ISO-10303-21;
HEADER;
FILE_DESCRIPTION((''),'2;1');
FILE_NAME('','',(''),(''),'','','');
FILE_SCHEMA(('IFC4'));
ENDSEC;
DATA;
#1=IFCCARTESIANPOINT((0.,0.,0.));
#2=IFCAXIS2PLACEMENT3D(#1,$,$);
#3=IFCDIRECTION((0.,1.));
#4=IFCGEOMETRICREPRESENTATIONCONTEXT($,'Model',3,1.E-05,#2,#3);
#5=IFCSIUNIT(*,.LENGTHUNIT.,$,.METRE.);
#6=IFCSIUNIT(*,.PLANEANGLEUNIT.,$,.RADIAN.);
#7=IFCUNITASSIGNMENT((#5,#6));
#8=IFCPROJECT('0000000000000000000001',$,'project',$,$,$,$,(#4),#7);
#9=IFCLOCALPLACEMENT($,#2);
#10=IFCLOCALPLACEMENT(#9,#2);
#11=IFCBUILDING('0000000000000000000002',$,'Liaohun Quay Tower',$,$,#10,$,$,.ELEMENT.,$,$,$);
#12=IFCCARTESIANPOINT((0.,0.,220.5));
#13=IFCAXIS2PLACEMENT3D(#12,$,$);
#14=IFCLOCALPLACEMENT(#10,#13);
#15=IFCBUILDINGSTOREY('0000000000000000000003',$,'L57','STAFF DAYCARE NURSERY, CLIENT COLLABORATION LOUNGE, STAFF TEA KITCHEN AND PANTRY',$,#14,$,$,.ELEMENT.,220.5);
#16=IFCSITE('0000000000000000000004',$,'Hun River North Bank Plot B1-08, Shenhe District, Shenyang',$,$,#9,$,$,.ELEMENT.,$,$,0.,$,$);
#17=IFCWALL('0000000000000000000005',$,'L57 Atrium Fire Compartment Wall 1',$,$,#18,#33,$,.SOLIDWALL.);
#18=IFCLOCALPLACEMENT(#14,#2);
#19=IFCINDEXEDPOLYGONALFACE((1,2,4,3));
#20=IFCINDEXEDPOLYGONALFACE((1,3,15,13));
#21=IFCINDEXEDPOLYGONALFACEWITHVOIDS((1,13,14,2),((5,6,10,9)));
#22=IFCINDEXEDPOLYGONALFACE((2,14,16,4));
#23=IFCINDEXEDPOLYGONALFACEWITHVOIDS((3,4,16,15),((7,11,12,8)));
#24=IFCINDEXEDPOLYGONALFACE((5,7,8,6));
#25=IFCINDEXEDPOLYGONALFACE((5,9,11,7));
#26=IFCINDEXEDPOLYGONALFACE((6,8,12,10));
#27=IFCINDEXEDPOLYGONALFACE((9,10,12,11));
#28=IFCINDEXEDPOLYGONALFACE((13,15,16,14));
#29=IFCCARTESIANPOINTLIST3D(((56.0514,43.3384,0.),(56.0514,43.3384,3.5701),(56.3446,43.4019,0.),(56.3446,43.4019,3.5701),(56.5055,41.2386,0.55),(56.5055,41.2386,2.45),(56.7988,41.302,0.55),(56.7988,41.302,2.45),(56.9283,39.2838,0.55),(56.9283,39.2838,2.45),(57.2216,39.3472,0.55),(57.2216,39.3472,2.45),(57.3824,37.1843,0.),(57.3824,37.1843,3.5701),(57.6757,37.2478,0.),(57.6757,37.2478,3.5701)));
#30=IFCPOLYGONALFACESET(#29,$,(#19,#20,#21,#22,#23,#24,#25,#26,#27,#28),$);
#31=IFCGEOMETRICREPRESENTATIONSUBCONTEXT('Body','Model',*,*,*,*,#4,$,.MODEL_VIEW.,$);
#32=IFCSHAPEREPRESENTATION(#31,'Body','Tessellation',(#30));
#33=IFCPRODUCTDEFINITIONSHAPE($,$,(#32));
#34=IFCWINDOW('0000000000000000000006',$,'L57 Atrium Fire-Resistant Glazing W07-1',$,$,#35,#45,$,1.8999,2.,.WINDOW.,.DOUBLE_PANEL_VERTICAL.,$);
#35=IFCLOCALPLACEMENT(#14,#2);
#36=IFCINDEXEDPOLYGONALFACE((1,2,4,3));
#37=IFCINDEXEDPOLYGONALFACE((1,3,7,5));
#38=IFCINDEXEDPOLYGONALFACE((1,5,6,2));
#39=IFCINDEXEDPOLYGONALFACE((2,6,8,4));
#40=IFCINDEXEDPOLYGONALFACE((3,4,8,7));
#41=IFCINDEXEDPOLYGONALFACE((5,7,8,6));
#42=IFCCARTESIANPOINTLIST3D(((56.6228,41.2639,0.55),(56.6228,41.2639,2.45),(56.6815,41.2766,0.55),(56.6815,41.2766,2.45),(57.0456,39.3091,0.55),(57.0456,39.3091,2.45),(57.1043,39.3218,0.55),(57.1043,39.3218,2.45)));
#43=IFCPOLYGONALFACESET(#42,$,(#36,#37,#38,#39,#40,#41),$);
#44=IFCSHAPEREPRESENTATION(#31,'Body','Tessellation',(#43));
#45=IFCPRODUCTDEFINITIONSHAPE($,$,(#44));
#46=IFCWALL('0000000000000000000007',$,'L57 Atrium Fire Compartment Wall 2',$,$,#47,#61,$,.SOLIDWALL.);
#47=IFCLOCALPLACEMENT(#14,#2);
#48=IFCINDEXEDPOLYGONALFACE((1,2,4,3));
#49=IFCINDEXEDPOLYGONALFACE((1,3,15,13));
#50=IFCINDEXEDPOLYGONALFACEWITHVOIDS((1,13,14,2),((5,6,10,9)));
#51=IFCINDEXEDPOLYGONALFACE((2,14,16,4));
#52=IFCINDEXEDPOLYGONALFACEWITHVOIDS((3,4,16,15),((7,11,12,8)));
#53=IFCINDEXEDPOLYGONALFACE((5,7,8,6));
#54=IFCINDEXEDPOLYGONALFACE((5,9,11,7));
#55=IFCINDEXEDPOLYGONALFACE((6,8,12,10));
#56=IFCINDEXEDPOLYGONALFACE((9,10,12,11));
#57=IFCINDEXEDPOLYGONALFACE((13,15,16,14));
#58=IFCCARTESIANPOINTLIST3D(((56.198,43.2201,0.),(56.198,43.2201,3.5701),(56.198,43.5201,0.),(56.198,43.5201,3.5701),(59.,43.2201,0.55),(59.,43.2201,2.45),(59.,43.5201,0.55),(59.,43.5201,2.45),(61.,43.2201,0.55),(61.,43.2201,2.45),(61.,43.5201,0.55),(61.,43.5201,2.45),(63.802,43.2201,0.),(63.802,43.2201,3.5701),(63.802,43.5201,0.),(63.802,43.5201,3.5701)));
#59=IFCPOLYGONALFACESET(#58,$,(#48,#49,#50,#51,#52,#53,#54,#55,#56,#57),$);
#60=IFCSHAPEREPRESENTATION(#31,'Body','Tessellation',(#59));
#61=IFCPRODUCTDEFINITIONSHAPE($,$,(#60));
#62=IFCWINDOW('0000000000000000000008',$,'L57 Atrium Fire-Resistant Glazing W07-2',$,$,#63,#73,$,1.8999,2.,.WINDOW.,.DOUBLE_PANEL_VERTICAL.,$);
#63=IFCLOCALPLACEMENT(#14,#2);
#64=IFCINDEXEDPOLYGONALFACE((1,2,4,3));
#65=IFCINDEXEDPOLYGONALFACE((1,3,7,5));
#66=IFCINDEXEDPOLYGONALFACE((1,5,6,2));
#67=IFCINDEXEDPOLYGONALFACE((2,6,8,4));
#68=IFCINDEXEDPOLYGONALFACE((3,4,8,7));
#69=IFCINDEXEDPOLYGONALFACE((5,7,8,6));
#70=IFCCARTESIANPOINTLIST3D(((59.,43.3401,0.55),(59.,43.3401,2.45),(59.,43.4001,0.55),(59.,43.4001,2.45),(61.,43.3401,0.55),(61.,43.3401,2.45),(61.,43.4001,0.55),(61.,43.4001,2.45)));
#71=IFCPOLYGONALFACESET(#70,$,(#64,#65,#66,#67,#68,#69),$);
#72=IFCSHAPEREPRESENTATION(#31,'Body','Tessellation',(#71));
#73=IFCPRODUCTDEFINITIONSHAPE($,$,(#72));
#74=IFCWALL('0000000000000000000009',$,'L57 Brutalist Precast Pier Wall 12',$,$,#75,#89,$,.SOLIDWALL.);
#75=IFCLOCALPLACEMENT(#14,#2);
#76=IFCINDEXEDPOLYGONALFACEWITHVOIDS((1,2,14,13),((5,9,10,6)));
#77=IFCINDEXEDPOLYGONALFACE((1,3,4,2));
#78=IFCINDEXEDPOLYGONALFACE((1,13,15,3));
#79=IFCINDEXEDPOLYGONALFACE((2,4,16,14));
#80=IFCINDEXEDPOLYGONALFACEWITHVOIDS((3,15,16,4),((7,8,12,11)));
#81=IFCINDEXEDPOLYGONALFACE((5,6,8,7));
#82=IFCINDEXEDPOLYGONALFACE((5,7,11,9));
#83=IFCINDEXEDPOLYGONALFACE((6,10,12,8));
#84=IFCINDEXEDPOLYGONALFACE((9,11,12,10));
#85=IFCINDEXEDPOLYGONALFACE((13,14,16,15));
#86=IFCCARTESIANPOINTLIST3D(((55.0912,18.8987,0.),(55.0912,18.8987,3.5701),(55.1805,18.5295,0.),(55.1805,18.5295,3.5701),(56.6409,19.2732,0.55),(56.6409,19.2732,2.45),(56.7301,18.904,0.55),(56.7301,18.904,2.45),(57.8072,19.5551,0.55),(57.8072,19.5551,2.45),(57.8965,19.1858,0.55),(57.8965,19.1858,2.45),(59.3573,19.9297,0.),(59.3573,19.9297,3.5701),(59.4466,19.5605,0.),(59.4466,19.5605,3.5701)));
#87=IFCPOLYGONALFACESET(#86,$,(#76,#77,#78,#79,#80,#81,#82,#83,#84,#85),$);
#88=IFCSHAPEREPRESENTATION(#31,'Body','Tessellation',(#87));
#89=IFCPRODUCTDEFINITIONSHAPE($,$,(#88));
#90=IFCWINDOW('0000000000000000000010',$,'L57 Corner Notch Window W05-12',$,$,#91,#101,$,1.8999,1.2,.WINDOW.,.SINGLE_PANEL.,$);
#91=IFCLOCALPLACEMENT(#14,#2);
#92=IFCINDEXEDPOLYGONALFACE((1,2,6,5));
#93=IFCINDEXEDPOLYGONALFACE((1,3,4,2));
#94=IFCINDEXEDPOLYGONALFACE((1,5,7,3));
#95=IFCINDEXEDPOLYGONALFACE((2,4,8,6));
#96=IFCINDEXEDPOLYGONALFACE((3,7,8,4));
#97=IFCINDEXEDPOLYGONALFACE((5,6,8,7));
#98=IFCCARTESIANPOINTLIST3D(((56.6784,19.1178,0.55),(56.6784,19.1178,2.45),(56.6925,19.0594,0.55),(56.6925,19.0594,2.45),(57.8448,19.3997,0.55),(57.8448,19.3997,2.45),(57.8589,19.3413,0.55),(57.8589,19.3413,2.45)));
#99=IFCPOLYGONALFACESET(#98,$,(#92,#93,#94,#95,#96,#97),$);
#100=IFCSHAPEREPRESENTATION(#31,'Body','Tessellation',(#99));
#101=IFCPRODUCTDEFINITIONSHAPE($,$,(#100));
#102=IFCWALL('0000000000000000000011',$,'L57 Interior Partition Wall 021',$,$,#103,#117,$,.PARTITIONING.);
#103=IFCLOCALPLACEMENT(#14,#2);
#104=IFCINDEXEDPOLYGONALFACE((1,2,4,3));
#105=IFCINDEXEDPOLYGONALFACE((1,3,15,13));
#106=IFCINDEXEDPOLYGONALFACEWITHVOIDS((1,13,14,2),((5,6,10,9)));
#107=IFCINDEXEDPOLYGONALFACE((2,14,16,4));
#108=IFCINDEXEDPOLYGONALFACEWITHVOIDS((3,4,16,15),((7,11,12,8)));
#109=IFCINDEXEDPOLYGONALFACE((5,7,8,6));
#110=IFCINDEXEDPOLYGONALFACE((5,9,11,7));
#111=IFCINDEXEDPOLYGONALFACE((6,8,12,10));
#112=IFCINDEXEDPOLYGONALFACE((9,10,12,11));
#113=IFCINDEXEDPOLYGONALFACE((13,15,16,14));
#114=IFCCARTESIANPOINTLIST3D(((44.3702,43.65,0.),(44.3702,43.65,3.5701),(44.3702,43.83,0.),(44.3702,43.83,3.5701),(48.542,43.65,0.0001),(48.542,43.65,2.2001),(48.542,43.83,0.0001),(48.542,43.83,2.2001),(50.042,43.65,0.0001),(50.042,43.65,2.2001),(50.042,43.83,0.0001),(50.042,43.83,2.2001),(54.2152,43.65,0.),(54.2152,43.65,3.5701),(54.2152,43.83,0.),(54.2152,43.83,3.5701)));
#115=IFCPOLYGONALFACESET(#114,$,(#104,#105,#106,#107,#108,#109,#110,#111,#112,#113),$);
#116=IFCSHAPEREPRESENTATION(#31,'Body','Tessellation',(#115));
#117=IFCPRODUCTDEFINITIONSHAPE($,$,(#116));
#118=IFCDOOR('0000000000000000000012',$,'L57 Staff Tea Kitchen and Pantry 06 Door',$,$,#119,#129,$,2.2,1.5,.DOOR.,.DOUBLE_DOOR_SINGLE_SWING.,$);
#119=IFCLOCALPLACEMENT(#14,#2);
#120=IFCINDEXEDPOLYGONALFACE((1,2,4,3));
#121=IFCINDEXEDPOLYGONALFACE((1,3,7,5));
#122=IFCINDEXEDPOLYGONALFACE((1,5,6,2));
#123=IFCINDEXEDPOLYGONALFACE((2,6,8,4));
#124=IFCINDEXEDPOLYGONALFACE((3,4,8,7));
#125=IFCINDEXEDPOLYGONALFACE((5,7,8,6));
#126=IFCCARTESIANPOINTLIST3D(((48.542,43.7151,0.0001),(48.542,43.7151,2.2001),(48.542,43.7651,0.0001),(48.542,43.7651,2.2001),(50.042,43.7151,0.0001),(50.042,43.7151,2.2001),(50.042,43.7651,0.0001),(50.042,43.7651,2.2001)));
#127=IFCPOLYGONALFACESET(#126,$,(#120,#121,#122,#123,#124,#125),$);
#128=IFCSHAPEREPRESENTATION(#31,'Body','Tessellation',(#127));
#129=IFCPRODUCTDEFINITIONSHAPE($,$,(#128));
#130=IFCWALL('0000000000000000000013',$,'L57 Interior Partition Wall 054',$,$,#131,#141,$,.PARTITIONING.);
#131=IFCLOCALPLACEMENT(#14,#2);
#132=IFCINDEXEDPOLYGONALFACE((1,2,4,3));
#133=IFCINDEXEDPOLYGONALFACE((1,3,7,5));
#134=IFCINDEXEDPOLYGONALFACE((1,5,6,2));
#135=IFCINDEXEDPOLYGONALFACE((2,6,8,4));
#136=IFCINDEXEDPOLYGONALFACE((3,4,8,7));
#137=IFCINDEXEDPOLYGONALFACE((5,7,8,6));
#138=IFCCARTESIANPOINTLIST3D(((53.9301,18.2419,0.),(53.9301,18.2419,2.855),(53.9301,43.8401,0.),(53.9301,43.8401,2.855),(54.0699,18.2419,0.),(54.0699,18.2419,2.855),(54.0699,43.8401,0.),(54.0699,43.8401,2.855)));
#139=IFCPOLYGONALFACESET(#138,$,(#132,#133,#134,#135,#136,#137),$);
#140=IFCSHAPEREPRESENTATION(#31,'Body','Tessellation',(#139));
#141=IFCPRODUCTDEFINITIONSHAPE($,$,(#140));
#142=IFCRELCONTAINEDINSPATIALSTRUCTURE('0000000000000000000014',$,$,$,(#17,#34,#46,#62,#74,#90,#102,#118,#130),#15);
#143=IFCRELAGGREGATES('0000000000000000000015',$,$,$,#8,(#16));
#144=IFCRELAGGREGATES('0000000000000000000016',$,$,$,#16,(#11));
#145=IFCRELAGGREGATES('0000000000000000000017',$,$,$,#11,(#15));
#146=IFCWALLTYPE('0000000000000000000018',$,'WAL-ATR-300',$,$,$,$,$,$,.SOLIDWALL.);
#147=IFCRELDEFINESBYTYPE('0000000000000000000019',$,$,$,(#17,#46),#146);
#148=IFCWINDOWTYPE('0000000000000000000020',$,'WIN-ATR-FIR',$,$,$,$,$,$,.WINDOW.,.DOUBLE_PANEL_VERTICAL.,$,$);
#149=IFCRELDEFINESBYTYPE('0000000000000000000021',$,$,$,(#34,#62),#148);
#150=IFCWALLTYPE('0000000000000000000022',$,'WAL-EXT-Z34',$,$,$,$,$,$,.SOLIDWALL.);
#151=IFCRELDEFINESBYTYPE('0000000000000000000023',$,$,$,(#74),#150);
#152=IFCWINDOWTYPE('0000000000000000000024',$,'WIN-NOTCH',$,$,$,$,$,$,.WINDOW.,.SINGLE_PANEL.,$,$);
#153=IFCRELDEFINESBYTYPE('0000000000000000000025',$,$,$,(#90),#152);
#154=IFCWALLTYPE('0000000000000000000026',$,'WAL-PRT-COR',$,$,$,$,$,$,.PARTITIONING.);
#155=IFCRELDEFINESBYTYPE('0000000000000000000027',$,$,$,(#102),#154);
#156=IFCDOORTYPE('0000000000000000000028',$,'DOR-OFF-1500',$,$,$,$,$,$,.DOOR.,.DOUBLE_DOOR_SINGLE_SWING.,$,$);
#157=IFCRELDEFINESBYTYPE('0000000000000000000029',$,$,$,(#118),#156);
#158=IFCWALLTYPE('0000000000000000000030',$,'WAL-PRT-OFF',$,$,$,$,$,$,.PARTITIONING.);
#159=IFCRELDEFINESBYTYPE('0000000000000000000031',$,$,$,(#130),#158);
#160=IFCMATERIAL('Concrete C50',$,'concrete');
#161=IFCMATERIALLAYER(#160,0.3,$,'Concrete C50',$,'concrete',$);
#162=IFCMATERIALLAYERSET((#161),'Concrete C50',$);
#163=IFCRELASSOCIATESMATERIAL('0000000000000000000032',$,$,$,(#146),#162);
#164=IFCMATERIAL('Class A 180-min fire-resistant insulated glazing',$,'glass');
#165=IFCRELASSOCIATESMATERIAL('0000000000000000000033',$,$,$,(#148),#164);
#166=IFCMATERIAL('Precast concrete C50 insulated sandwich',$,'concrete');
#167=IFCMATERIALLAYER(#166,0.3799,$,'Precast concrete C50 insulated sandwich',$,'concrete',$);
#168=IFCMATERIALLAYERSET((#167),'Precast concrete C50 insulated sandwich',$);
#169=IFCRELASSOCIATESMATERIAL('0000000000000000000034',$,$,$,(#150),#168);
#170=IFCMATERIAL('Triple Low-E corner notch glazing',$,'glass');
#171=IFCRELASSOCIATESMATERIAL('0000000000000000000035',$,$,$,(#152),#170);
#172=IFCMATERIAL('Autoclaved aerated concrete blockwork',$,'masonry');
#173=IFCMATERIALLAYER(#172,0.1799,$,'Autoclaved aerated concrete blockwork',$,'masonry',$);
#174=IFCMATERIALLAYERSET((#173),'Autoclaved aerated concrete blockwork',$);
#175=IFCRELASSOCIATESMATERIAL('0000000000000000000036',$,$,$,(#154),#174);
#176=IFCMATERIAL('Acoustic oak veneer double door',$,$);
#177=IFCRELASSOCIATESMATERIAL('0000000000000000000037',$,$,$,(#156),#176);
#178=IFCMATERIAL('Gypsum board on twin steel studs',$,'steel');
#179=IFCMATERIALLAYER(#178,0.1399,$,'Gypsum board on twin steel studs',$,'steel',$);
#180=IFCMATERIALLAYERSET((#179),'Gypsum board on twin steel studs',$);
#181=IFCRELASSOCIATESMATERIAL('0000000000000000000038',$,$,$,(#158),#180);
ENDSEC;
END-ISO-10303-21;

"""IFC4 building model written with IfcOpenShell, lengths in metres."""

from ifc_helpers import new_model, si_unit, direction, frame, frame_2d, origin, place, context, subcontext, project, spatial, rectangle, extrude, source, transform, mapped, material, layer, layer_set, type_object, element, fill, save


model = new_model("IFC4")

# Units and contexts
model_context = context("Model", 3, precision=1e-05, world=origin(), true_north=direction((0.0, 1.0)))
body_context = subcontext(model_context, "Body", "Model", "MODEL_VIEW")
ifc_project = project(units=[si_unit("LENGTHUNIT", "METRE"), si_unit("PLANEANGLEUNIT", "RADIAN")], contexts=[model_context])

# Site, building, storey
site_placement = place(None, origin())
site = spatial("IfcSite", under=ifc_project, at=site_placement, Name="Hun River North Bank Plot B1-08, Shenhe District, Shenyang", CompositionType="ELEMENT", RefElevation=0.0)
building_placement = place(site_placement, origin())
building = spatial("IfcBuilding", under=site, at=building_placement, Name="Liaohun Quay Tower", CompositionType="ELEMENT")
storey_placement = place(building_placement, frame((0.0, 0.0, 220.5)))
storey = spatial("IfcBuildingStorey", under=building, at=storey_placement, Name="L57", Description="STAFF DAYCARE NURSERY, CLIENT COLLABORATION LOUNGE, STAFF TEA KITCHEN AND PANTRY", CompositionType="ELEMENT", Elevation=220.5)

# Walls, openings, windows
ifc_material_1 = material(Name="Concrete C50", Category="concrete")
ifc_layer_1 = layer(ifc_material_1, 0.3, Name="Concrete C50", Category="concrete")
ifc_layer_set_1 = layer_set([ifc_layer_1], Name="Concrete C50")
wall_type_1 = type_object("IfcWallType", Name="WAL-ATR-300", PredefinedType="SOLIDWALL", material=ifc_layer_set_1)
wall_1_placement = place(storey_placement, frame((57.5291, 37.2161, 0.0), z_axis=(0.0, 0.0, 1.0), x_axis=(-0.211401, 0.977399, 0.0)))
wall_1 = element("IfcWall", 1, at=wall_1_placement, inside=storey, type_object=wall_type_1, Name="L57 Atrium Fire Compartment Wall 1", PredefinedType="SOLIDWALL", context=body_context, shape_type="SweptSolid", body=[
    extrude(rectangle(XDim=6.2964, YDim=0.3, at=frame_2d((3.1482, 0.0))), origin(), (0.0, 0.0, 1.0), 3.5701),
])
shared_shape_1 = source(origin(), body_context, "Body", "SweptSolid", [
    extrude(rectangle(XDim=2.0, YDim=1.8999, at=frame_2d((1.0, 0.95))), frame((0.0, 0.1599, 0.0), z_axis=(0.0, -1.0, 0.0), x_axis=(1.0, 0.0, 0.0)), (0.0, 0.0, 1.0), 0.3201),
])
opening_1_placement = place(wall_1_placement, frame((2.1479, 0.0, 0.55)))
opening_1 = element("IfcOpeningElement", 2, at=opening_1_placement, cuts=wall_1, PredefinedType="OPENING", context=body_context, shape_type="MappedRepresentation", body=[
    mapped(shared_shape_1, transform((0.0, 0.0, 0.0), x_axis=(1.0, 0.0, 0.0), y_axis=(0.0, 1.0, 0.0), z_axis=(0.0, 0.0, 1.0), scale=1.0)),
])
ifc_material_2 = material(Name="Class A 180-min fire-resistant insulated glazing", Category="glass")
window_type_1 = type_object("IfcWindowType", Name="WIN-ATR-FIR", PartitioningType="DOUBLE_PANEL_VERTICAL", PredefinedType="WINDOW", material=ifc_material_2)
shared_shape_2 = source(origin(), body_context, "Body", "SweptSolid", [
    extrude(rectangle(XDim=2.0, YDim=1.8999, at=frame_2d((1.0, 0.95))), frame((0.0, 0.03, 0.0), z_axis=(0.0, -1.0, 0.0), x_axis=(1.0, 0.0, 0.0)), (0.0, 0.0, 1.0), 0.0601),
])
window_1_placement = place(opening_1_placement, origin())
window_1 = element("IfcWindow", 3, at=window_1_placement, inside=storey, type_object=window_type_1, Name="L57 Atrium Fire-Resistant Glazing W07-1", OverallHeight=1.8999, OverallWidth=2.0, PartitioningType="DOUBLE_PANEL_VERTICAL", PredefinedType="WINDOW", context=body_context, shape_type="MappedRepresentation", body=[
    mapped(shared_shape_2, transform((0.0, 0.0, 0.0), x_axis=(1.0, 0.0, 0.0), y_axis=(0.0, 1.0, 0.0), z_axis=(0.0, 0.0, 1.0), scale=1.0)),
])
fill(opening_1, window_1)
wall_2_placement = place(storey_placement, frame((56.198, 43.3701, 0.0), z_axis=(0.0, 0.0, 1.0), x_axis=(1.0, 0.0, 0.0)))
wall_2 = element("IfcWall", 4, at=wall_2_placement, inside=storey, type_object=wall_type_1, Name="L57 Atrium Fire Compartment Wall 2", PredefinedType="SOLIDWALL", context=body_context, shape_type="SweptSolid", body=[
    extrude(rectangle(XDim=7.604, YDim=0.3, at=frame_2d((3.802, 0.0))), origin(), (0.0, 0.0, 1.0), 3.5701),
])
opening_2_placement = place(wall_2_placement, frame((2.802, 0.0, 0.55)))
opening_2 = element("IfcOpeningElement", 5, at=opening_2_placement, cuts=wall_2, PredefinedType="OPENING", context=body_context, shape_type="MappedRepresentation", body=[
    mapped(shared_shape_1, transform((0.0, 0.0, 0.0), x_axis=(1.0, 0.0, 0.0), y_axis=(0.0, 1.0, 0.0), z_axis=(0.0, 0.0, 1.0), scale=1.0)),
])
window_2_placement = place(opening_2_placement, origin())
window_2 = element("IfcWindow", 6, at=window_2_placement, inside=storey, type_object=window_type_1, Name="L57 Atrium Fire-Resistant Glazing W07-2", OverallHeight=1.8999, OverallWidth=2.0, PartitioningType="DOUBLE_PANEL_VERTICAL", PredefinedType="WINDOW", context=body_context, shape_type="MappedRepresentation", body=[
    mapped(shared_shape_2, transform((0.0, 0.0, 0.0), x_axis=(1.0, 0.0, 0.0), y_axis=(0.0, 1.0, 0.0), z_axis=(0.0, 0.0, 1.0), scale=1.0)),
])
fill(opening_2, window_2)
ifc_material_3 = material(Name="Precast concrete C50 insulated sandwich", Category="concrete")
ifc_layer_2 = layer(ifc_material_3, 0.3799, Name="Precast concrete C50 insulated sandwich", Category="concrete")
ifc_layer_set_2 = layer_set([ifc_layer_2], Name="Precast concrete C50 insulated sandwich")
wall_type_2 = type_object("IfcWallType", Name="WAL-EXT-Z34", PredefinedType="SOLIDWALL", material=ifc_layer_set_2)
wall_3_placement = place(storey_placement, frame((55.136, 18.7141, 0.0), z_axis=(0.0, 0.0, 1.0), x_axis=(0.972017, 0.234911, 0.0)))
wall_3 = element("IfcWall", 7, at=wall_3_placement, inside=storey, type_object=wall_type_2, Name="L57 Brutalist Precast Pier Wall 12", PredefinedType="SOLIDWALL", context=body_context, shape_type="SweptSolid", body=[
    extrude(rectangle(XDim=4.3889, YDim=0.3799, at=frame_2d((2.1943, 0.0))), origin(), (0.0, 0.0, 1.0), 3.5701),
])
shared_shape_3 = source(origin(), body_context, "Body", "SweptSolid", [
    extrude(rectangle(XDim=1.2, YDim=1.8999, at=frame_2d((0.6001, 0.95))), frame((0.0, 0.2, 0.0), z_axis=(0.0, -1.0, 0.0), x_axis=(1.0, 0.0, 0.0)), (0.0, 0.0, 1.0), 0.3999),
])
opening_3_placement = place(wall_3_placement, frame((1.594, 0.0, 0.55)))
opening_3 = element("IfcOpeningElement", 8, at=opening_3_placement, cuts=wall_3, PredefinedType="OPENING", context=body_context, shape_type="MappedRepresentation", body=[
    mapped(shared_shape_3, transform((0.0, 0.0, 0.0), x_axis=(1.0, 0.0, 0.0), y_axis=(0.0, 1.0, 0.0), z_axis=(0.0, 0.0, 1.0), scale=1.0)),
])
ifc_material_4 = material(Name="Triple Low-E corner notch glazing", Category="glass")
window_type_2 = type_object("IfcWindowType", Name="WIN-NOTCH", PartitioningType="SINGLE_PANEL", PredefinedType="WINDOW", material=ifc_material_4)
shared_shape_4 = source(origin(), body_context, "Body", "SweptSolid", [
    extrude(rectangle(XDim=1.2, YDim=1.8999, at=frame_2d((0.6001, 0.95))), frame((0.0, 0.03, 0.0), z_axis=(0.0, -1.0, 0.0), x_axis=(1.0, 0.0, 0.0)), (0.0, 0.0, 1.0), 0.0601),
])
window_3_placement = place(opening_3_placement, origin())
window_3 = element("IfcWindow", 9, at=window_3_placement, inside=storey, type_object=window_type_2, Name="L57 Corner Notch Window W05-12", OverallHeight=1.8999, OverallWidth=1.2, PartitioningType="SINGLE_PANEL", PredefinedType="WINDOW", context=body_context, shape_type="MappedRepresentation", body=[
    mapped(shared_shape_4, transform((0.0, 0.0, 0.0), x_axis=(1.0, 0.0, 0.0), y_axis=(0.0, 1.0, 0.0), z_axis=(0.0, 0.0, 1.0), scale=1.0)),
])
fill(opening_3, window_3)

# Wall, opening, door
ifc_material_5 = material(Name="Autoclaved aerated concrete blockwork", Category="masonry")
ifc_layer_3 = layer(ifc_material_5, 0.1799, Name="Autoclaved aerated concrete blockwork", Category="masonry")
ifc_layer_set_3 = layer_set([ifc_layer_3], Name="Autoclaved aerated concrete blockwork")
wall_type_3 = type_object("IfcWallType", Name="WAL-PRT-COR", PredefinedType="PARTITIONING", material=ifc_layer_set_3)
wall_4_placement = place(storey_placement, frame((54.2151, 43.74, 0.0), z_axis=(0.0, 0.0, 1.0), x_axis=(-1.0, 0.0, 0.0)))
wall_4 = element("IfcWall", 10, at=wall_4_placement, inside=storey, type_object=wall_type_3, Name="L57 Interior Partition Wall 021", PredefinedType="PARTITIONING", context=body_context, shape_type="SweptSolid", body=[
    extrude(rectangle(XDim=9.845, YDim=0.1799, at=frame_2d((4.9224, 0.0))), origin(), (0.0, 0.0, 1.0), 3.5701),
])
shared_shape_5 = source(origin(), body_context, "Body", "SweptSolid", [
    extrude(rectangle(XDim=1.5, YDim=2.2, at=frame_2d((0.75, 1.1001))), frame((0.0, 0.0999, 0.0), z_axis=(0.0, -1.0, 0.0), x_axis=(1.0, 0.0, 0.0)), (0.0, 0.0, 1.0), 0.2),
])
opening_4_placement = place(wall_4_placement, frame((4.1731, 0.0, 0.0)))
opening_4 = element("IfcOpeningElement", 11, at=opening_4_placement, cuts=wall_4, PredefinedType="OPENING", context=body_context, shape_type="MappedRepresentation", body=[
    mapped(shared_shape_5, transform((0.0, 0.0, 0.0), x_axis=(1.0, 0.0, 0.0), y_axis=(0.0, 1.0, 0.0), z_axis=(0.0, 0.0, 1.0), scale=1.0)),
])
ifc_material_6 = material(Name="Acoustic oak veneer double door")
door_type = type_object("IfcDoorType", Name="DOR-OFF-1500", OperationType="DOUBLE_DOOR_SINGLE_SWING", PredefinedType="DOOR", material=ifc_material_6)
shared_shape_6 = source(origin(), body_context, "Body", "SweptSolid", [
    extrude(rectangle(XDim=1.5, YDim=2.2, at=frame_2d((0.75, 1.1001))), frame((0.0, 0.0249, 0.0), z_axis=(0.0, -1.0, 0.0), x_axis=(1.0, 0.0, 0.0)), (0.0, 0.0, 1.0), 0.05),
])
door_placement = place(opening_4_placement, origin())
door = element("IfcDoor", 12, at=door_placement, inside=storey, type_object=door_type, Name="L57 Staff Tea Kitchen and Pantry 06 Door", OperationType="DOUBLE_DOOR_SINGLE_SWING", OverallHeight=2.2, OverallWidth=1.5, PredefinedType="DOOR", context=body_context, shape_type="MappedRepresentation", body=[
    mapped(shared_shape_6, transform((0.0, 0.0, 0.0), x_axis=(1.0, 0.0, 0.0), y_axis=(0.0, 1.0, 0.0), z_axis=(0.0, 0.0, 1.0), scale=1.0)),
])
fill(opening_4, door)

# Wall
ifc_material_7 = material(Name="Gypsum board on twin steel studs", Category="steel")
ifc_layer_4 = layer(ifc_material_7, 0.1399, Name="Gypsum board on twin steel studs", Category="steel")
ifc_layer_set_4 = layer_set([ifc_layer_4], Name="Gypsum board on twin steel studs")
wall_type_4 = type_object("IfcWallType", Name="WAL-PRT-OFF", PredefinedType="PARTITIONING", material=ifc_layer_set_4)
wall_5_placement = place(storey_placement, frame((54.0, 43.8401, 0.0), z_axis=(0.0, 0.0, 1.0), x_axis=(0.0, -1.0, 0.0)))
element("IfcWall", 13, at=wall_5_placement, inside=storey, type_object=wall_type_4, Name="L57 Interior Partition Wall 054", PredefinedType="PARTITIONING", context=body_context, shape_type="SweptSolid", body=[
    extrude(rectangle(XDim=25.5981, YDim=0.1399, at=frame_2d((12.7991, 0.0))), origin(), (0.0, 0.0, 1.0), 2.855),
])

save(model, "model.ifc")
